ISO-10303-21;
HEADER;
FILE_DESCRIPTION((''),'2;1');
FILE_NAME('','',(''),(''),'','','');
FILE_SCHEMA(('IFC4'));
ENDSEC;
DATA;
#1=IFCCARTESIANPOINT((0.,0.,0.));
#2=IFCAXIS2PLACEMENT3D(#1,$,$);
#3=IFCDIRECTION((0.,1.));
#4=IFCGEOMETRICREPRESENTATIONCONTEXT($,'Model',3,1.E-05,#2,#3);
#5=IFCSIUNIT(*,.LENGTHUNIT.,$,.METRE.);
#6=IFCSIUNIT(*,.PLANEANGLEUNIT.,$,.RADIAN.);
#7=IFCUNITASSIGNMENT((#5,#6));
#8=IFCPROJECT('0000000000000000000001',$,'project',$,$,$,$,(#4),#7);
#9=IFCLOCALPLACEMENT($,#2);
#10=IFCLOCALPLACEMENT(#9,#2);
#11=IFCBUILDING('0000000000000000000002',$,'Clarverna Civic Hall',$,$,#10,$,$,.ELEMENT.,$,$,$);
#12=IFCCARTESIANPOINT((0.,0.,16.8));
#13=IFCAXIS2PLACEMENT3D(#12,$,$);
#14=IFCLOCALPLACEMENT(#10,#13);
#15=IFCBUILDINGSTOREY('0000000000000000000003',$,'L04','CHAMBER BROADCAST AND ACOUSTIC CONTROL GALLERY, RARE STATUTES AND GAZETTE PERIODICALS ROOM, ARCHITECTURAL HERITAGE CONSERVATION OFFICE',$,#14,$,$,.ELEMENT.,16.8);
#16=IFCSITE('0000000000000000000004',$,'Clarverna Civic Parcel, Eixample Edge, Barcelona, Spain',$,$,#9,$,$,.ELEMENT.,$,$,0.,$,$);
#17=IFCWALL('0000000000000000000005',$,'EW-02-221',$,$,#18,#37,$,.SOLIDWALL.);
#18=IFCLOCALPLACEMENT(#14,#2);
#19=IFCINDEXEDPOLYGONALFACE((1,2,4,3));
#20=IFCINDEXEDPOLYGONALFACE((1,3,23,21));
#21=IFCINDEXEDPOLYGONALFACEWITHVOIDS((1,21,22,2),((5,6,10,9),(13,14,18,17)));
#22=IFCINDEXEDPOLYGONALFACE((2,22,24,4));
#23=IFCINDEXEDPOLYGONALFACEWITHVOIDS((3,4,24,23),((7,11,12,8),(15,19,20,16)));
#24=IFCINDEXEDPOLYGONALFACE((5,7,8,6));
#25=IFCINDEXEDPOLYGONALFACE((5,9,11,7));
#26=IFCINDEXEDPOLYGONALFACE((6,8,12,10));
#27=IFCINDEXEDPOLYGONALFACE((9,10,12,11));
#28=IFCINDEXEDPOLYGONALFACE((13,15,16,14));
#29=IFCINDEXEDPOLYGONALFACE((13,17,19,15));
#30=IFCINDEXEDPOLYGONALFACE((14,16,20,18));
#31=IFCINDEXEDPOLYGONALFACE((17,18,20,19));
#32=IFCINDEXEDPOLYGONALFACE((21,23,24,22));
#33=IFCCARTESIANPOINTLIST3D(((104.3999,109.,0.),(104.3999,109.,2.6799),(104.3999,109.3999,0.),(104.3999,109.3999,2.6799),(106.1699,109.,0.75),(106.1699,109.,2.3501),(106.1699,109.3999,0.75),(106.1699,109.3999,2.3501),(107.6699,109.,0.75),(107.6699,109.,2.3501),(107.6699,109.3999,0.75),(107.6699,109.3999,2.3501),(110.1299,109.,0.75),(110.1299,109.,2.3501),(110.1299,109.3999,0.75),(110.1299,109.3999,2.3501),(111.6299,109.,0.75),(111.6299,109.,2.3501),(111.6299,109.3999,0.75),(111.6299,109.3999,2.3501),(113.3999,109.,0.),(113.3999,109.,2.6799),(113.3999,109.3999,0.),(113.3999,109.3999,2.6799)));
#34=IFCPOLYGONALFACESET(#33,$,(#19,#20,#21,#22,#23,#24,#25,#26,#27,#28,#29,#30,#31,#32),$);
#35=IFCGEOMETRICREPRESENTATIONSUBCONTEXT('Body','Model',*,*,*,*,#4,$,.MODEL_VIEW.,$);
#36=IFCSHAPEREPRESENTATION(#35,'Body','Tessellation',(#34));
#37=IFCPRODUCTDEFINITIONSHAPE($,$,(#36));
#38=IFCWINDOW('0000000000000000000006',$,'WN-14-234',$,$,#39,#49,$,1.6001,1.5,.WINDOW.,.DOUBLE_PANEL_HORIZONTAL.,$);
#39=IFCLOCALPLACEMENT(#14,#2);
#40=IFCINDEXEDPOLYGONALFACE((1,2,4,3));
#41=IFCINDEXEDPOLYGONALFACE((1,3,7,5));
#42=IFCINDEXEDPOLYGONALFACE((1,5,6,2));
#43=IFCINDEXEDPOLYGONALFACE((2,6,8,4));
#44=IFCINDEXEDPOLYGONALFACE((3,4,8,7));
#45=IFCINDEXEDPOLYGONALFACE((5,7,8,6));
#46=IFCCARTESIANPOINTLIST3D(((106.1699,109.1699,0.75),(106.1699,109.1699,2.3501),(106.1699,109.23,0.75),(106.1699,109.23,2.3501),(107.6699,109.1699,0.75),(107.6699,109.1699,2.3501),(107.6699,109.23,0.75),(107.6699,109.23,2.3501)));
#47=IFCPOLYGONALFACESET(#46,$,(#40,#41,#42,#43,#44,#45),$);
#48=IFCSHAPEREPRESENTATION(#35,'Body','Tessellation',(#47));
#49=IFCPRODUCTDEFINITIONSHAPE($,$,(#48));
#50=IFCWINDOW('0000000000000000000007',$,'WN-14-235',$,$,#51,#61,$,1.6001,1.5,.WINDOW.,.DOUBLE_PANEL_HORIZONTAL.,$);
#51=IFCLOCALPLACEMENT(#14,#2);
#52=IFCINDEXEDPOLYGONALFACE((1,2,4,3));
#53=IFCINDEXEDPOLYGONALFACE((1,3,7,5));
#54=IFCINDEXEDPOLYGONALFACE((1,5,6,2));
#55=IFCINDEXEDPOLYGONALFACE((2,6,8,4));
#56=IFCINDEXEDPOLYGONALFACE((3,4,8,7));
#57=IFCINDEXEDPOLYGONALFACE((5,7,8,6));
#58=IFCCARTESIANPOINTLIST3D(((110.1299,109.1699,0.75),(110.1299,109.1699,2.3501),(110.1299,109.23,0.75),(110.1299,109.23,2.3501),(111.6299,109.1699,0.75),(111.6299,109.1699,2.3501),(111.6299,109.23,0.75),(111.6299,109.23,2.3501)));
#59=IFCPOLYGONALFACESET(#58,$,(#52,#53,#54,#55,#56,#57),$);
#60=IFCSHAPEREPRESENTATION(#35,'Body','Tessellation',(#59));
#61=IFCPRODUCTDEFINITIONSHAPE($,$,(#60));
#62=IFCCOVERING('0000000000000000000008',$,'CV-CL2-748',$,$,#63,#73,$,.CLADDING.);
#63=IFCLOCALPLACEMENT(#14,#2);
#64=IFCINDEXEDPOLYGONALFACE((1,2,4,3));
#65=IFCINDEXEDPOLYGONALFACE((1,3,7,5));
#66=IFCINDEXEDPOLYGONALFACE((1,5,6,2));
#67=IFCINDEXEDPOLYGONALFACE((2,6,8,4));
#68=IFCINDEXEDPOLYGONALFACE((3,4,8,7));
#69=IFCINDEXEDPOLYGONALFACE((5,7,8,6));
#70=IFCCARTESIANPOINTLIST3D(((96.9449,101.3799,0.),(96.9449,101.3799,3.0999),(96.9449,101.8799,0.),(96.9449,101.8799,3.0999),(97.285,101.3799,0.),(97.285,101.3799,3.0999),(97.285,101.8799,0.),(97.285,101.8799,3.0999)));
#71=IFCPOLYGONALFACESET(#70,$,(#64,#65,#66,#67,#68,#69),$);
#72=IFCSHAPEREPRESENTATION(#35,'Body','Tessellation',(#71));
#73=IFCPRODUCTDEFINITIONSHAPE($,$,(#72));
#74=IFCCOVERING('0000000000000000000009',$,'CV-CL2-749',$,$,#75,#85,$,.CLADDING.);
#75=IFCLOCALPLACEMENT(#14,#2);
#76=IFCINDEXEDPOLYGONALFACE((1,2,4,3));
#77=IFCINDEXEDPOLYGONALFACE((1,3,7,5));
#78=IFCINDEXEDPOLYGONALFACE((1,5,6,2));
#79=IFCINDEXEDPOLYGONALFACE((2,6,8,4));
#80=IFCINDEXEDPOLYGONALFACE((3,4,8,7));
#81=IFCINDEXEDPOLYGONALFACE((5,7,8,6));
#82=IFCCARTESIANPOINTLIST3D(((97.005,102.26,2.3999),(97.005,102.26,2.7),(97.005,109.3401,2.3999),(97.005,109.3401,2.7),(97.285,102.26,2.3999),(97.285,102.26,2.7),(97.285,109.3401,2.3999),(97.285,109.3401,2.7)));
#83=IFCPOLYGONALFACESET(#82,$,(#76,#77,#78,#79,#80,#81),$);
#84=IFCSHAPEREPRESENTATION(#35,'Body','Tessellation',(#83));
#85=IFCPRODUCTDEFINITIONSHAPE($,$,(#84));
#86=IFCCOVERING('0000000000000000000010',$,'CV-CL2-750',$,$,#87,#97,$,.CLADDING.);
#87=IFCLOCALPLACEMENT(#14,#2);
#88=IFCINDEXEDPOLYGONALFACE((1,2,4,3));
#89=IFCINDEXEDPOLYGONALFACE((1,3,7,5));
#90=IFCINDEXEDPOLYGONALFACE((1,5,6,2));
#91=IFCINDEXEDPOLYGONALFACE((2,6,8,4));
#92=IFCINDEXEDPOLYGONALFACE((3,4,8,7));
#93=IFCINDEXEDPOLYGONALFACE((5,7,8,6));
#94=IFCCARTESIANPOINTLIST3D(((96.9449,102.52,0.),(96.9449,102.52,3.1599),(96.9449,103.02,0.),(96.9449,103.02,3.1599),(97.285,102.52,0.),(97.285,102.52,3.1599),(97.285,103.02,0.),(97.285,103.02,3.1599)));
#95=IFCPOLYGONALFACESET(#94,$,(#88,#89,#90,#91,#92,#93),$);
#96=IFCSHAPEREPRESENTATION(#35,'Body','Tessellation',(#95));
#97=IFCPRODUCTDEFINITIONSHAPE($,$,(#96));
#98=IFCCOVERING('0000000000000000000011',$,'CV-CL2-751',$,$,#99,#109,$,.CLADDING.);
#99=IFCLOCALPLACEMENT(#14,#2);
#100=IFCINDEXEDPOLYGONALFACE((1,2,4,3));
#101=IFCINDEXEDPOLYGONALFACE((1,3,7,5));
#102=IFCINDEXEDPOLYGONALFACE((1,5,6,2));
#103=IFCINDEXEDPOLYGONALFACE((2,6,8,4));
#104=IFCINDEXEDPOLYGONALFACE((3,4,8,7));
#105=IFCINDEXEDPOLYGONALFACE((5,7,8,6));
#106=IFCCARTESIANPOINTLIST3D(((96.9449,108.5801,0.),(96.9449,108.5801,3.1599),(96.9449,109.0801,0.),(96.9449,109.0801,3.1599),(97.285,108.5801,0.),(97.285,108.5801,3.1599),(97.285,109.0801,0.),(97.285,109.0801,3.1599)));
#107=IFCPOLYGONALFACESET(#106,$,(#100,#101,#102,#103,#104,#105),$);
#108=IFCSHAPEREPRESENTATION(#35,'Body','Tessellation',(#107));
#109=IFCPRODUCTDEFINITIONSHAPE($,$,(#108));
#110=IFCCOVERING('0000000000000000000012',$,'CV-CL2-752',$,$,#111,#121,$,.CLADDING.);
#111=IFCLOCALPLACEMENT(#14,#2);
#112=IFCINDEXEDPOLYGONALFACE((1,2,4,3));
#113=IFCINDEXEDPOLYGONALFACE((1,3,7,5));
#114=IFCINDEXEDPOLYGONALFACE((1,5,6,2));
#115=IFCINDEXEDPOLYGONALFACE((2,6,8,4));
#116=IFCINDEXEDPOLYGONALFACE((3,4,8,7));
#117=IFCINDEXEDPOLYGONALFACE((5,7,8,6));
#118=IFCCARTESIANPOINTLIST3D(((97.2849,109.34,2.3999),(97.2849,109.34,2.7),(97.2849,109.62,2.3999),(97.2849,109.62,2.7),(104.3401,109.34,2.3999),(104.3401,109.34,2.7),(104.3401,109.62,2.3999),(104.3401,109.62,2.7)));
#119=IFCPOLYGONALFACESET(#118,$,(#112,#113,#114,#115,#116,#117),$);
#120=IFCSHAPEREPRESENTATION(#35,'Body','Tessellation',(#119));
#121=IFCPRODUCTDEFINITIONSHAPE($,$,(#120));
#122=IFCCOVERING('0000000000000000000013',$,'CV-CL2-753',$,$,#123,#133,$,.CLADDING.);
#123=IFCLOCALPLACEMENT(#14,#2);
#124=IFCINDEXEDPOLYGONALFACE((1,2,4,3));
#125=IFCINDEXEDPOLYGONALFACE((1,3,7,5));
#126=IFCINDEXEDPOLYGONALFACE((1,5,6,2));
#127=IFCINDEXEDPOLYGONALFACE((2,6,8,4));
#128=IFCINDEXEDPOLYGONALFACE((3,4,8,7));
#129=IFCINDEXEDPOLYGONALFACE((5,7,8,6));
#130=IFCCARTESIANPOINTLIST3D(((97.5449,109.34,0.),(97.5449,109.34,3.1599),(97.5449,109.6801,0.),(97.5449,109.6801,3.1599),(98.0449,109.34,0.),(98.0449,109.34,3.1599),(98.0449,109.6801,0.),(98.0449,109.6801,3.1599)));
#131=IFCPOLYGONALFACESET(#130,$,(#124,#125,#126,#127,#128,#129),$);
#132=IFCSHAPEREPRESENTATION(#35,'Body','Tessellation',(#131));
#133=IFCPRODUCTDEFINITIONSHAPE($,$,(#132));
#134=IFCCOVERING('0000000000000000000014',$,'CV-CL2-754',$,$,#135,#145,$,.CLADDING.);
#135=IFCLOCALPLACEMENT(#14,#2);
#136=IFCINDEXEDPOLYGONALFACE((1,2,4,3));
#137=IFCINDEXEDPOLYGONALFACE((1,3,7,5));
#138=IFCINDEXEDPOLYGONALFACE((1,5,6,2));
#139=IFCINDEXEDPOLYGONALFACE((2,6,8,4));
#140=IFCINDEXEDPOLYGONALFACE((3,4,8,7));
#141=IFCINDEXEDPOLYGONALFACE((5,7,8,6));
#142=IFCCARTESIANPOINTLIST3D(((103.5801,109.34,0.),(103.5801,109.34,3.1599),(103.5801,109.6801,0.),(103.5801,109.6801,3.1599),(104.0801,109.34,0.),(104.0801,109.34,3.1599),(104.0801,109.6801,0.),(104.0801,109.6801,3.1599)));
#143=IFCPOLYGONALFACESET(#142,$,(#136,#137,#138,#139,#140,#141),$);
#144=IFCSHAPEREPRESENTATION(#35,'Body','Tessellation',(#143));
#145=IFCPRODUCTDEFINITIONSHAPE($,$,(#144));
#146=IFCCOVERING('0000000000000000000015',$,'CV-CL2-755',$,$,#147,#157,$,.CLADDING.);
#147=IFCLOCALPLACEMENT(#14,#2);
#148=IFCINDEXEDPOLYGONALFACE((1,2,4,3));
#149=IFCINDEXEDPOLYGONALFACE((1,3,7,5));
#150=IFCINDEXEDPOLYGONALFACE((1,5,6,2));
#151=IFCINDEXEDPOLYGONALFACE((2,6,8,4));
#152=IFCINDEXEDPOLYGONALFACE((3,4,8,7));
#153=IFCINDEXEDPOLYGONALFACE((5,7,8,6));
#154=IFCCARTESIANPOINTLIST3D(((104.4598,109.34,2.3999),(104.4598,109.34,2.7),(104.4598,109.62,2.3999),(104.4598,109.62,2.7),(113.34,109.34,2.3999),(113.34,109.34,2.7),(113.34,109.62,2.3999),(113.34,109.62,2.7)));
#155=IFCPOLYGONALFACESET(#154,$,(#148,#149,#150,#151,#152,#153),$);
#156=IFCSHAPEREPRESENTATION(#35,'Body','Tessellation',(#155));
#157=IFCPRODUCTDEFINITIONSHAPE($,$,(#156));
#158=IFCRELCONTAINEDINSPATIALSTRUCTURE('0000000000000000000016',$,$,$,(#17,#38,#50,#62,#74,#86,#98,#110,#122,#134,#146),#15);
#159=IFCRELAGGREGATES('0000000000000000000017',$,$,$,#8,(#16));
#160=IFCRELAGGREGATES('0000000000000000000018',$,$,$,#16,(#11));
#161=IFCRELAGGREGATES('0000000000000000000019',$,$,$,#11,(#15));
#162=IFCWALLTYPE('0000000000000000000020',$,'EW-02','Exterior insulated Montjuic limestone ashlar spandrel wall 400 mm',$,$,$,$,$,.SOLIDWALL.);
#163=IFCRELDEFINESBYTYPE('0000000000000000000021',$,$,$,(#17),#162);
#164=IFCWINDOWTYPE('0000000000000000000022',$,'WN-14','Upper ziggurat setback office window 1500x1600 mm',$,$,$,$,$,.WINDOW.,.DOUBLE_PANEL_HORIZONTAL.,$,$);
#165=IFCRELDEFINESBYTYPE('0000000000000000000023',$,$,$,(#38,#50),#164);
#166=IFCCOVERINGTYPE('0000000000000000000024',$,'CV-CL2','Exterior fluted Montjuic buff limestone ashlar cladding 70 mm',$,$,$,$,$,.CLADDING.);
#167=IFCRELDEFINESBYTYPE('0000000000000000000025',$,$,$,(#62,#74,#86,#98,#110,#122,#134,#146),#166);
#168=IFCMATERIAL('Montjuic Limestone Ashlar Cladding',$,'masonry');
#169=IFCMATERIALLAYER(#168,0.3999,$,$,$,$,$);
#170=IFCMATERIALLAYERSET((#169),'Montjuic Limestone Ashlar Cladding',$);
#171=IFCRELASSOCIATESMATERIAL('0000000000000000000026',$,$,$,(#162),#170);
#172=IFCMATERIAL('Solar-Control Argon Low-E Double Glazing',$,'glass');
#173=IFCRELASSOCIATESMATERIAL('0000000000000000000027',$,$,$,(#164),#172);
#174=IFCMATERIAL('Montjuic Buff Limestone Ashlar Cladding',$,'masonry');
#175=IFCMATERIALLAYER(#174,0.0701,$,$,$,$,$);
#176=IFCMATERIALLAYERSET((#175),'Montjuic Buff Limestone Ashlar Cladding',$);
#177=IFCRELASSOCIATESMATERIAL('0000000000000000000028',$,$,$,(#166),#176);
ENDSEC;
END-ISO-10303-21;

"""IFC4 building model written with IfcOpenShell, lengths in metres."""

from ifc_helpers import new_model, si_unit, direction, frame, frame_2d, origin, place, context, subcontext, project, spatial, rectangle, extrude, material, layer, layer_set, type_object, element, fill, save


model = new_model("IFC4")

# Units and contexts
model_context = context("Model", 3, precision=1e-05, world=origin(), true_north=direction((0.0, 1.0)))
body_context = subcontext(model_context, "Body", "Model", "MODEL_VIEW")
ifc_project = project(units=[si_unit("LENGTHUNIT", "METRE"), si_unit("PLANEANGLEUNIT", "RADIAN")], contexts=[model_context])

# Site, building, storey
site_placement = place(None, origin())
site = spatial("IfcSite", under=ifc_project, at=site_placement, Name="Clarverna Civic Parcel, Eixample Edge, Barcelona, Spain", CompositionType="ELEMENT", RefElevation=0.0)
building_placement = place(site_placement, origin())
building = spatial("IfcBuilding", under=site, at=building_placement, Name="Clarverna Civic Hall", CompositionType="ELEMENT")
storey_placement = place(building_placement, frame((0.0, 0.0, 16.8)))
storey = spatial("IfcBuildingStorey", under=building, at=storey_placement, Name="L04", Description="CHAMBER BROADCAST AND ACOUSTIC CONTROL GALLERY, RARE STATUTES AND GAZETTE PERIODICALS ROOM, ARCHITECTURAL HERITAGE CONSERVATION OFFICE", CompositionType="ELEMENT", Elevation=16.8)

# Wall, openings, windows
ifc_material_1 = material(Name="Montjuic Limestone Ashlar Cladding", Category="masonry")
ifc_layer_1 = layer(ifc_material_1, 0.3999)
ifc_layer_set_1 = layer_set([ifc_layer_1], Name="Montjuic Limestone Ashlar Cladding")
wall_type = type_object("IfcWallType", Name="EW-02", Description="Exterior insulated Montjuic limestone ashlar spandrel wall 400 mm", PredefinedType="SOLIDWALL", material=ifc_layer_set_1)
ifc_material_2 = material(Name="Solar-Control Argon Low-E Double Glazing", Category="glass")
window_type = type_object("IfcWindowType", Name="WN-14", Description="Upper ziggurat setback office window 1500x1600 mm", PartitioningType="DOUBLE_PANEL_HORIZONTAL", PredefinedType="WINDOW", material=ifc_material_2)
wall_1_placement = place(storey_placement, frame((104.3999, 109.2, 0.0), z_axis=(0.0, 0.0, 1.0), x_axis=(1.0, 0.0, 0.0)))
wall_1 = element("IfcWall", 1, at=wall_1_placement, inside=storey, type_object=wall_type, Name="EW-02-221", PredefinedType="SOLIDWALL", context=body_context, shape_type="SweptSolid", body=[
    extrude(rectangle(XDim=9.0, YDim=0.3999, at=frame_2d((4.5, 0.0))), origin(), (0.0, 0.0, 1.0), 2.6799),
])
opening_1_placement = place(wall_1_placement, frame((1.77, 0.0, 0.75)))
opening_1 = element("IfcOpeningElement", 2, at=opening_1_placement, cuts=wall_1, PredefinedType="OPENING", context=body_context, shape_type="SweptSolid", body=[
    extrude(rectangle(XDim=1.5, YDim=1.6001, at=frame_2d((0.75, 0.8))), frame((0.0, 0.21, 0.0), z_axis=(0.0, -1.0, 0.0), x_axis=(1.0, 0.0, 0.0)), (0.0, 0.0, 1.0), 0.4199),
])
opening_2_placement = place(wall_1_placement, frame((5.73, 0.0, 0.75)))
opening_2 = element("IfcOpeningElement", 3, at=opening_2_placement, cuts=wall_1, PredefinedType="OPENING", context=body_context, shape_type="SweptSolid", body=[
    extrude(rectangle(XDim=1.5, YDim=1.6001, at=frame_2d((0.75, 0.8))), frame((0.0, 0.21, 0.0), z_axis=(0.0, -1.0, 0.0), x_axis=(1.0, 0.0, 0.0)), (0.0, 0.0, 1.0), 0.4199),
])
window_1_placement = place(opening_1_placement, origin())
window_1 = element("IfcWindow", 4, at=window_1_placement, inside=storey, type_object=window_type, Name="WN-14-234", OverallHeight=1.6001, OverallWidth=1.5, PartitioningType="DOUBLE_PANEL_HORIZONTAL", PredefinedType="WINDOW", context=body_context, shape_type="SweptSolid", body=[
    extrude(rectangle(XDim=1.5, YDim=1.6001, at=frame_2d((0.75, 0.8))), frame((0.0, 0.03, 0.0), z_axis=(0.0, -1.0, 0.0), x_axis=(1.0, 0.0, 0.0)), (0.0, 0.0, 1.0), 0.0601),
])
fill(opening_1, window_1)
window_2_placement = place(opening_2_placement, origin())
window_2 = element("IfcWindow", 5, at=window_2_placement, inside=storey, type_object=window_type, Name="WN-14-235", OverallHeight=1.6001, OverallWidth=1.5, PartitioningType="DOUBLE_PANEL_HORIZONTAL", PredefinedType="WINDOW", context=body_context, shape_type="SweptSolid", body=[
    extrude(rectangle(XDim=1.5, YDim=1.6001, at=frame_2d((0.75, 0.8))), frame((0.0, 0.03, 0.0), z_axis=(0.0, -1.0, 0.0), x_axis=(1.0, 0.0, 0.0)), (0.0, 0.0, 1.0), 0.0601),
])
fill(opening_2, window_2)

# Coverings
ifc_material_3 = material(Name="Montjuic Buff Limestone Ashlar Cladding", Category="masonry")
ifc_layer_2 = layer(ifc_material_3, 0.0701)
ifc_layer_set_2 = layer_set([ifc_layer_2], Name="Montjuic Buff Limestone Ashlar Cladding")
covering_type = type_object("IfcCoveringType", Name="CV-CL2", Description="Exterior fluted Montjuic buff limestone ashlar cladding 70 mm", PredefinedType="CLADDING", material=ifc_layer_set_2)
covering_1_placement = place(storey_placement, frame((97.115, 101.3799, 0.0), z_axis=(0.0, 0.0, 1.0), x_axis=(0.0, 1.0, 0.0)))
element("IfcCovering", 6, at=covering_1_placement, inside=storey, type_object=covering_type, Name="CV-CL2-748", PredefinedType="CLADDING", context=body_context, shape_type="SweptSolid", body=[
    extrude(rectangle(XDim=0.5, YDim=0.3401, at=frame_2d((0.25, 0.0))), origin(), (0.0, 0.0, 1.0), 3.0999),
])
covering_2_placement = place(storey_placement, frame((97.145, 102.26, 2.3999), z_axis=(0.0, 0.0, 1.0), x_axis=(0.0, 1.0, 0.0)))
element("IfcCovering", 7, at=covering_2_placement, inside=storey, type_object=covering_type, Name="CV-CL2-749", PredefinedType="CLADDING", context=body_context, shape_type="SweptSolid", body=[
    extrude(rectangle(XDim=7.0801, YDim=0.28, at=frame_2d((3.54, 0.0))), origin(), (0.0, 0.0, 1.0), 0.3),
])
for number, where, z_axis, x_axis, name in (
    (8, (97.115, 102.52, 0.0), (0.0, 0.0, 1.0), (0.0, 1.0, 0.0), "CV-CL2-750"),
    (9, (97.115, 108.5801, 0.0), (0.0, 0.0, 1.0), (0.0, 1.0, 0.0), "CV-CL2-751"),
):
    element("IfcCovering", number, at=place(storey_placement, frame(where, z_axis=z_axis, x_axis=x_axis)), inside=storey, type_object=covering_type, Name=name, PredefinedType="CLADDING", context=body_context, shape_type="SweptSolid", body=[
        extrude(rectangle(XDim=0.5, YDim=0.3401, at=frame_2d((0.25, 0.0))), origin(), (0.0, 0.0, 1.0), 3.1599),
    ])
covering_3_placement = place(storey_placement, frame((97.2849, 109.48, 2.3999), z_axis=(0.0, 0.0, 1.0), x_axis=(1.0, 0.0, 0.0)))
element("IfcCovering", 10, at=covering_3_placement, inside=storey, type_object=covering_type, Name="CV-CL2-752", PredefinedType="CLADDING", context=body_context, shape_type="SweptSolid", body=[
    extrude(rectangle(XDim=7.0552, YDim=0.28, at=frame_2d((3.5276, 0.0))), origin(), (0.0, 0.0, 1.0), 0.3),
])
for number, where, z_axis, x_axis, name in (
    (11, (97.5449, 109.51, 0.0), (0.0, 0.0, 1.0), (1.0, 0.0, 0.0), "CV-CL2-753"),
    (12, (103.5801, 109.51, 0.0), (0.0, 0.0, 1.0), (1.0, 0.0, 0.0), "CV-CL2-754"),
):
    element("IfcCovering", number, at=place(storey_placement, frame(where, z_axis=z_axis, x_axis=x_axis)), inside=storey, type_object=covering_type, Name=name, PredefinedType="CLADDING", context=body_context, shape_type="SweptSolid", body=[
        extrude(rectangle(XDim=0.5, YDim=0.3401, at=frame_2d((0.25, 0.0))), origin(), (0.0, 0.0, 1.0), 3.1599),
    ])
covering_4_placement = place(storey_placement, frame((104.46, 109.48, 2.3999), z_axis=(0.0, 0.0, 1.0), x_axis=(1.0, 0.0, 0.0)))
element("IfcCovering", 13, at=covering_4_placement, inside=storey, type_object=covering_type, Name="CV-CL2-755", PredefinedType="CLADDING", context=body_context, shape_type="SweptSolid", body=[
    extrude(rectangle(XDim=8.8801, YDim=0.28, at=frame_2d((4.4399, 0.0))), origin(), (0.0, 0.0, 1.0), 0.3),
])

save(model, "model.ifc")
